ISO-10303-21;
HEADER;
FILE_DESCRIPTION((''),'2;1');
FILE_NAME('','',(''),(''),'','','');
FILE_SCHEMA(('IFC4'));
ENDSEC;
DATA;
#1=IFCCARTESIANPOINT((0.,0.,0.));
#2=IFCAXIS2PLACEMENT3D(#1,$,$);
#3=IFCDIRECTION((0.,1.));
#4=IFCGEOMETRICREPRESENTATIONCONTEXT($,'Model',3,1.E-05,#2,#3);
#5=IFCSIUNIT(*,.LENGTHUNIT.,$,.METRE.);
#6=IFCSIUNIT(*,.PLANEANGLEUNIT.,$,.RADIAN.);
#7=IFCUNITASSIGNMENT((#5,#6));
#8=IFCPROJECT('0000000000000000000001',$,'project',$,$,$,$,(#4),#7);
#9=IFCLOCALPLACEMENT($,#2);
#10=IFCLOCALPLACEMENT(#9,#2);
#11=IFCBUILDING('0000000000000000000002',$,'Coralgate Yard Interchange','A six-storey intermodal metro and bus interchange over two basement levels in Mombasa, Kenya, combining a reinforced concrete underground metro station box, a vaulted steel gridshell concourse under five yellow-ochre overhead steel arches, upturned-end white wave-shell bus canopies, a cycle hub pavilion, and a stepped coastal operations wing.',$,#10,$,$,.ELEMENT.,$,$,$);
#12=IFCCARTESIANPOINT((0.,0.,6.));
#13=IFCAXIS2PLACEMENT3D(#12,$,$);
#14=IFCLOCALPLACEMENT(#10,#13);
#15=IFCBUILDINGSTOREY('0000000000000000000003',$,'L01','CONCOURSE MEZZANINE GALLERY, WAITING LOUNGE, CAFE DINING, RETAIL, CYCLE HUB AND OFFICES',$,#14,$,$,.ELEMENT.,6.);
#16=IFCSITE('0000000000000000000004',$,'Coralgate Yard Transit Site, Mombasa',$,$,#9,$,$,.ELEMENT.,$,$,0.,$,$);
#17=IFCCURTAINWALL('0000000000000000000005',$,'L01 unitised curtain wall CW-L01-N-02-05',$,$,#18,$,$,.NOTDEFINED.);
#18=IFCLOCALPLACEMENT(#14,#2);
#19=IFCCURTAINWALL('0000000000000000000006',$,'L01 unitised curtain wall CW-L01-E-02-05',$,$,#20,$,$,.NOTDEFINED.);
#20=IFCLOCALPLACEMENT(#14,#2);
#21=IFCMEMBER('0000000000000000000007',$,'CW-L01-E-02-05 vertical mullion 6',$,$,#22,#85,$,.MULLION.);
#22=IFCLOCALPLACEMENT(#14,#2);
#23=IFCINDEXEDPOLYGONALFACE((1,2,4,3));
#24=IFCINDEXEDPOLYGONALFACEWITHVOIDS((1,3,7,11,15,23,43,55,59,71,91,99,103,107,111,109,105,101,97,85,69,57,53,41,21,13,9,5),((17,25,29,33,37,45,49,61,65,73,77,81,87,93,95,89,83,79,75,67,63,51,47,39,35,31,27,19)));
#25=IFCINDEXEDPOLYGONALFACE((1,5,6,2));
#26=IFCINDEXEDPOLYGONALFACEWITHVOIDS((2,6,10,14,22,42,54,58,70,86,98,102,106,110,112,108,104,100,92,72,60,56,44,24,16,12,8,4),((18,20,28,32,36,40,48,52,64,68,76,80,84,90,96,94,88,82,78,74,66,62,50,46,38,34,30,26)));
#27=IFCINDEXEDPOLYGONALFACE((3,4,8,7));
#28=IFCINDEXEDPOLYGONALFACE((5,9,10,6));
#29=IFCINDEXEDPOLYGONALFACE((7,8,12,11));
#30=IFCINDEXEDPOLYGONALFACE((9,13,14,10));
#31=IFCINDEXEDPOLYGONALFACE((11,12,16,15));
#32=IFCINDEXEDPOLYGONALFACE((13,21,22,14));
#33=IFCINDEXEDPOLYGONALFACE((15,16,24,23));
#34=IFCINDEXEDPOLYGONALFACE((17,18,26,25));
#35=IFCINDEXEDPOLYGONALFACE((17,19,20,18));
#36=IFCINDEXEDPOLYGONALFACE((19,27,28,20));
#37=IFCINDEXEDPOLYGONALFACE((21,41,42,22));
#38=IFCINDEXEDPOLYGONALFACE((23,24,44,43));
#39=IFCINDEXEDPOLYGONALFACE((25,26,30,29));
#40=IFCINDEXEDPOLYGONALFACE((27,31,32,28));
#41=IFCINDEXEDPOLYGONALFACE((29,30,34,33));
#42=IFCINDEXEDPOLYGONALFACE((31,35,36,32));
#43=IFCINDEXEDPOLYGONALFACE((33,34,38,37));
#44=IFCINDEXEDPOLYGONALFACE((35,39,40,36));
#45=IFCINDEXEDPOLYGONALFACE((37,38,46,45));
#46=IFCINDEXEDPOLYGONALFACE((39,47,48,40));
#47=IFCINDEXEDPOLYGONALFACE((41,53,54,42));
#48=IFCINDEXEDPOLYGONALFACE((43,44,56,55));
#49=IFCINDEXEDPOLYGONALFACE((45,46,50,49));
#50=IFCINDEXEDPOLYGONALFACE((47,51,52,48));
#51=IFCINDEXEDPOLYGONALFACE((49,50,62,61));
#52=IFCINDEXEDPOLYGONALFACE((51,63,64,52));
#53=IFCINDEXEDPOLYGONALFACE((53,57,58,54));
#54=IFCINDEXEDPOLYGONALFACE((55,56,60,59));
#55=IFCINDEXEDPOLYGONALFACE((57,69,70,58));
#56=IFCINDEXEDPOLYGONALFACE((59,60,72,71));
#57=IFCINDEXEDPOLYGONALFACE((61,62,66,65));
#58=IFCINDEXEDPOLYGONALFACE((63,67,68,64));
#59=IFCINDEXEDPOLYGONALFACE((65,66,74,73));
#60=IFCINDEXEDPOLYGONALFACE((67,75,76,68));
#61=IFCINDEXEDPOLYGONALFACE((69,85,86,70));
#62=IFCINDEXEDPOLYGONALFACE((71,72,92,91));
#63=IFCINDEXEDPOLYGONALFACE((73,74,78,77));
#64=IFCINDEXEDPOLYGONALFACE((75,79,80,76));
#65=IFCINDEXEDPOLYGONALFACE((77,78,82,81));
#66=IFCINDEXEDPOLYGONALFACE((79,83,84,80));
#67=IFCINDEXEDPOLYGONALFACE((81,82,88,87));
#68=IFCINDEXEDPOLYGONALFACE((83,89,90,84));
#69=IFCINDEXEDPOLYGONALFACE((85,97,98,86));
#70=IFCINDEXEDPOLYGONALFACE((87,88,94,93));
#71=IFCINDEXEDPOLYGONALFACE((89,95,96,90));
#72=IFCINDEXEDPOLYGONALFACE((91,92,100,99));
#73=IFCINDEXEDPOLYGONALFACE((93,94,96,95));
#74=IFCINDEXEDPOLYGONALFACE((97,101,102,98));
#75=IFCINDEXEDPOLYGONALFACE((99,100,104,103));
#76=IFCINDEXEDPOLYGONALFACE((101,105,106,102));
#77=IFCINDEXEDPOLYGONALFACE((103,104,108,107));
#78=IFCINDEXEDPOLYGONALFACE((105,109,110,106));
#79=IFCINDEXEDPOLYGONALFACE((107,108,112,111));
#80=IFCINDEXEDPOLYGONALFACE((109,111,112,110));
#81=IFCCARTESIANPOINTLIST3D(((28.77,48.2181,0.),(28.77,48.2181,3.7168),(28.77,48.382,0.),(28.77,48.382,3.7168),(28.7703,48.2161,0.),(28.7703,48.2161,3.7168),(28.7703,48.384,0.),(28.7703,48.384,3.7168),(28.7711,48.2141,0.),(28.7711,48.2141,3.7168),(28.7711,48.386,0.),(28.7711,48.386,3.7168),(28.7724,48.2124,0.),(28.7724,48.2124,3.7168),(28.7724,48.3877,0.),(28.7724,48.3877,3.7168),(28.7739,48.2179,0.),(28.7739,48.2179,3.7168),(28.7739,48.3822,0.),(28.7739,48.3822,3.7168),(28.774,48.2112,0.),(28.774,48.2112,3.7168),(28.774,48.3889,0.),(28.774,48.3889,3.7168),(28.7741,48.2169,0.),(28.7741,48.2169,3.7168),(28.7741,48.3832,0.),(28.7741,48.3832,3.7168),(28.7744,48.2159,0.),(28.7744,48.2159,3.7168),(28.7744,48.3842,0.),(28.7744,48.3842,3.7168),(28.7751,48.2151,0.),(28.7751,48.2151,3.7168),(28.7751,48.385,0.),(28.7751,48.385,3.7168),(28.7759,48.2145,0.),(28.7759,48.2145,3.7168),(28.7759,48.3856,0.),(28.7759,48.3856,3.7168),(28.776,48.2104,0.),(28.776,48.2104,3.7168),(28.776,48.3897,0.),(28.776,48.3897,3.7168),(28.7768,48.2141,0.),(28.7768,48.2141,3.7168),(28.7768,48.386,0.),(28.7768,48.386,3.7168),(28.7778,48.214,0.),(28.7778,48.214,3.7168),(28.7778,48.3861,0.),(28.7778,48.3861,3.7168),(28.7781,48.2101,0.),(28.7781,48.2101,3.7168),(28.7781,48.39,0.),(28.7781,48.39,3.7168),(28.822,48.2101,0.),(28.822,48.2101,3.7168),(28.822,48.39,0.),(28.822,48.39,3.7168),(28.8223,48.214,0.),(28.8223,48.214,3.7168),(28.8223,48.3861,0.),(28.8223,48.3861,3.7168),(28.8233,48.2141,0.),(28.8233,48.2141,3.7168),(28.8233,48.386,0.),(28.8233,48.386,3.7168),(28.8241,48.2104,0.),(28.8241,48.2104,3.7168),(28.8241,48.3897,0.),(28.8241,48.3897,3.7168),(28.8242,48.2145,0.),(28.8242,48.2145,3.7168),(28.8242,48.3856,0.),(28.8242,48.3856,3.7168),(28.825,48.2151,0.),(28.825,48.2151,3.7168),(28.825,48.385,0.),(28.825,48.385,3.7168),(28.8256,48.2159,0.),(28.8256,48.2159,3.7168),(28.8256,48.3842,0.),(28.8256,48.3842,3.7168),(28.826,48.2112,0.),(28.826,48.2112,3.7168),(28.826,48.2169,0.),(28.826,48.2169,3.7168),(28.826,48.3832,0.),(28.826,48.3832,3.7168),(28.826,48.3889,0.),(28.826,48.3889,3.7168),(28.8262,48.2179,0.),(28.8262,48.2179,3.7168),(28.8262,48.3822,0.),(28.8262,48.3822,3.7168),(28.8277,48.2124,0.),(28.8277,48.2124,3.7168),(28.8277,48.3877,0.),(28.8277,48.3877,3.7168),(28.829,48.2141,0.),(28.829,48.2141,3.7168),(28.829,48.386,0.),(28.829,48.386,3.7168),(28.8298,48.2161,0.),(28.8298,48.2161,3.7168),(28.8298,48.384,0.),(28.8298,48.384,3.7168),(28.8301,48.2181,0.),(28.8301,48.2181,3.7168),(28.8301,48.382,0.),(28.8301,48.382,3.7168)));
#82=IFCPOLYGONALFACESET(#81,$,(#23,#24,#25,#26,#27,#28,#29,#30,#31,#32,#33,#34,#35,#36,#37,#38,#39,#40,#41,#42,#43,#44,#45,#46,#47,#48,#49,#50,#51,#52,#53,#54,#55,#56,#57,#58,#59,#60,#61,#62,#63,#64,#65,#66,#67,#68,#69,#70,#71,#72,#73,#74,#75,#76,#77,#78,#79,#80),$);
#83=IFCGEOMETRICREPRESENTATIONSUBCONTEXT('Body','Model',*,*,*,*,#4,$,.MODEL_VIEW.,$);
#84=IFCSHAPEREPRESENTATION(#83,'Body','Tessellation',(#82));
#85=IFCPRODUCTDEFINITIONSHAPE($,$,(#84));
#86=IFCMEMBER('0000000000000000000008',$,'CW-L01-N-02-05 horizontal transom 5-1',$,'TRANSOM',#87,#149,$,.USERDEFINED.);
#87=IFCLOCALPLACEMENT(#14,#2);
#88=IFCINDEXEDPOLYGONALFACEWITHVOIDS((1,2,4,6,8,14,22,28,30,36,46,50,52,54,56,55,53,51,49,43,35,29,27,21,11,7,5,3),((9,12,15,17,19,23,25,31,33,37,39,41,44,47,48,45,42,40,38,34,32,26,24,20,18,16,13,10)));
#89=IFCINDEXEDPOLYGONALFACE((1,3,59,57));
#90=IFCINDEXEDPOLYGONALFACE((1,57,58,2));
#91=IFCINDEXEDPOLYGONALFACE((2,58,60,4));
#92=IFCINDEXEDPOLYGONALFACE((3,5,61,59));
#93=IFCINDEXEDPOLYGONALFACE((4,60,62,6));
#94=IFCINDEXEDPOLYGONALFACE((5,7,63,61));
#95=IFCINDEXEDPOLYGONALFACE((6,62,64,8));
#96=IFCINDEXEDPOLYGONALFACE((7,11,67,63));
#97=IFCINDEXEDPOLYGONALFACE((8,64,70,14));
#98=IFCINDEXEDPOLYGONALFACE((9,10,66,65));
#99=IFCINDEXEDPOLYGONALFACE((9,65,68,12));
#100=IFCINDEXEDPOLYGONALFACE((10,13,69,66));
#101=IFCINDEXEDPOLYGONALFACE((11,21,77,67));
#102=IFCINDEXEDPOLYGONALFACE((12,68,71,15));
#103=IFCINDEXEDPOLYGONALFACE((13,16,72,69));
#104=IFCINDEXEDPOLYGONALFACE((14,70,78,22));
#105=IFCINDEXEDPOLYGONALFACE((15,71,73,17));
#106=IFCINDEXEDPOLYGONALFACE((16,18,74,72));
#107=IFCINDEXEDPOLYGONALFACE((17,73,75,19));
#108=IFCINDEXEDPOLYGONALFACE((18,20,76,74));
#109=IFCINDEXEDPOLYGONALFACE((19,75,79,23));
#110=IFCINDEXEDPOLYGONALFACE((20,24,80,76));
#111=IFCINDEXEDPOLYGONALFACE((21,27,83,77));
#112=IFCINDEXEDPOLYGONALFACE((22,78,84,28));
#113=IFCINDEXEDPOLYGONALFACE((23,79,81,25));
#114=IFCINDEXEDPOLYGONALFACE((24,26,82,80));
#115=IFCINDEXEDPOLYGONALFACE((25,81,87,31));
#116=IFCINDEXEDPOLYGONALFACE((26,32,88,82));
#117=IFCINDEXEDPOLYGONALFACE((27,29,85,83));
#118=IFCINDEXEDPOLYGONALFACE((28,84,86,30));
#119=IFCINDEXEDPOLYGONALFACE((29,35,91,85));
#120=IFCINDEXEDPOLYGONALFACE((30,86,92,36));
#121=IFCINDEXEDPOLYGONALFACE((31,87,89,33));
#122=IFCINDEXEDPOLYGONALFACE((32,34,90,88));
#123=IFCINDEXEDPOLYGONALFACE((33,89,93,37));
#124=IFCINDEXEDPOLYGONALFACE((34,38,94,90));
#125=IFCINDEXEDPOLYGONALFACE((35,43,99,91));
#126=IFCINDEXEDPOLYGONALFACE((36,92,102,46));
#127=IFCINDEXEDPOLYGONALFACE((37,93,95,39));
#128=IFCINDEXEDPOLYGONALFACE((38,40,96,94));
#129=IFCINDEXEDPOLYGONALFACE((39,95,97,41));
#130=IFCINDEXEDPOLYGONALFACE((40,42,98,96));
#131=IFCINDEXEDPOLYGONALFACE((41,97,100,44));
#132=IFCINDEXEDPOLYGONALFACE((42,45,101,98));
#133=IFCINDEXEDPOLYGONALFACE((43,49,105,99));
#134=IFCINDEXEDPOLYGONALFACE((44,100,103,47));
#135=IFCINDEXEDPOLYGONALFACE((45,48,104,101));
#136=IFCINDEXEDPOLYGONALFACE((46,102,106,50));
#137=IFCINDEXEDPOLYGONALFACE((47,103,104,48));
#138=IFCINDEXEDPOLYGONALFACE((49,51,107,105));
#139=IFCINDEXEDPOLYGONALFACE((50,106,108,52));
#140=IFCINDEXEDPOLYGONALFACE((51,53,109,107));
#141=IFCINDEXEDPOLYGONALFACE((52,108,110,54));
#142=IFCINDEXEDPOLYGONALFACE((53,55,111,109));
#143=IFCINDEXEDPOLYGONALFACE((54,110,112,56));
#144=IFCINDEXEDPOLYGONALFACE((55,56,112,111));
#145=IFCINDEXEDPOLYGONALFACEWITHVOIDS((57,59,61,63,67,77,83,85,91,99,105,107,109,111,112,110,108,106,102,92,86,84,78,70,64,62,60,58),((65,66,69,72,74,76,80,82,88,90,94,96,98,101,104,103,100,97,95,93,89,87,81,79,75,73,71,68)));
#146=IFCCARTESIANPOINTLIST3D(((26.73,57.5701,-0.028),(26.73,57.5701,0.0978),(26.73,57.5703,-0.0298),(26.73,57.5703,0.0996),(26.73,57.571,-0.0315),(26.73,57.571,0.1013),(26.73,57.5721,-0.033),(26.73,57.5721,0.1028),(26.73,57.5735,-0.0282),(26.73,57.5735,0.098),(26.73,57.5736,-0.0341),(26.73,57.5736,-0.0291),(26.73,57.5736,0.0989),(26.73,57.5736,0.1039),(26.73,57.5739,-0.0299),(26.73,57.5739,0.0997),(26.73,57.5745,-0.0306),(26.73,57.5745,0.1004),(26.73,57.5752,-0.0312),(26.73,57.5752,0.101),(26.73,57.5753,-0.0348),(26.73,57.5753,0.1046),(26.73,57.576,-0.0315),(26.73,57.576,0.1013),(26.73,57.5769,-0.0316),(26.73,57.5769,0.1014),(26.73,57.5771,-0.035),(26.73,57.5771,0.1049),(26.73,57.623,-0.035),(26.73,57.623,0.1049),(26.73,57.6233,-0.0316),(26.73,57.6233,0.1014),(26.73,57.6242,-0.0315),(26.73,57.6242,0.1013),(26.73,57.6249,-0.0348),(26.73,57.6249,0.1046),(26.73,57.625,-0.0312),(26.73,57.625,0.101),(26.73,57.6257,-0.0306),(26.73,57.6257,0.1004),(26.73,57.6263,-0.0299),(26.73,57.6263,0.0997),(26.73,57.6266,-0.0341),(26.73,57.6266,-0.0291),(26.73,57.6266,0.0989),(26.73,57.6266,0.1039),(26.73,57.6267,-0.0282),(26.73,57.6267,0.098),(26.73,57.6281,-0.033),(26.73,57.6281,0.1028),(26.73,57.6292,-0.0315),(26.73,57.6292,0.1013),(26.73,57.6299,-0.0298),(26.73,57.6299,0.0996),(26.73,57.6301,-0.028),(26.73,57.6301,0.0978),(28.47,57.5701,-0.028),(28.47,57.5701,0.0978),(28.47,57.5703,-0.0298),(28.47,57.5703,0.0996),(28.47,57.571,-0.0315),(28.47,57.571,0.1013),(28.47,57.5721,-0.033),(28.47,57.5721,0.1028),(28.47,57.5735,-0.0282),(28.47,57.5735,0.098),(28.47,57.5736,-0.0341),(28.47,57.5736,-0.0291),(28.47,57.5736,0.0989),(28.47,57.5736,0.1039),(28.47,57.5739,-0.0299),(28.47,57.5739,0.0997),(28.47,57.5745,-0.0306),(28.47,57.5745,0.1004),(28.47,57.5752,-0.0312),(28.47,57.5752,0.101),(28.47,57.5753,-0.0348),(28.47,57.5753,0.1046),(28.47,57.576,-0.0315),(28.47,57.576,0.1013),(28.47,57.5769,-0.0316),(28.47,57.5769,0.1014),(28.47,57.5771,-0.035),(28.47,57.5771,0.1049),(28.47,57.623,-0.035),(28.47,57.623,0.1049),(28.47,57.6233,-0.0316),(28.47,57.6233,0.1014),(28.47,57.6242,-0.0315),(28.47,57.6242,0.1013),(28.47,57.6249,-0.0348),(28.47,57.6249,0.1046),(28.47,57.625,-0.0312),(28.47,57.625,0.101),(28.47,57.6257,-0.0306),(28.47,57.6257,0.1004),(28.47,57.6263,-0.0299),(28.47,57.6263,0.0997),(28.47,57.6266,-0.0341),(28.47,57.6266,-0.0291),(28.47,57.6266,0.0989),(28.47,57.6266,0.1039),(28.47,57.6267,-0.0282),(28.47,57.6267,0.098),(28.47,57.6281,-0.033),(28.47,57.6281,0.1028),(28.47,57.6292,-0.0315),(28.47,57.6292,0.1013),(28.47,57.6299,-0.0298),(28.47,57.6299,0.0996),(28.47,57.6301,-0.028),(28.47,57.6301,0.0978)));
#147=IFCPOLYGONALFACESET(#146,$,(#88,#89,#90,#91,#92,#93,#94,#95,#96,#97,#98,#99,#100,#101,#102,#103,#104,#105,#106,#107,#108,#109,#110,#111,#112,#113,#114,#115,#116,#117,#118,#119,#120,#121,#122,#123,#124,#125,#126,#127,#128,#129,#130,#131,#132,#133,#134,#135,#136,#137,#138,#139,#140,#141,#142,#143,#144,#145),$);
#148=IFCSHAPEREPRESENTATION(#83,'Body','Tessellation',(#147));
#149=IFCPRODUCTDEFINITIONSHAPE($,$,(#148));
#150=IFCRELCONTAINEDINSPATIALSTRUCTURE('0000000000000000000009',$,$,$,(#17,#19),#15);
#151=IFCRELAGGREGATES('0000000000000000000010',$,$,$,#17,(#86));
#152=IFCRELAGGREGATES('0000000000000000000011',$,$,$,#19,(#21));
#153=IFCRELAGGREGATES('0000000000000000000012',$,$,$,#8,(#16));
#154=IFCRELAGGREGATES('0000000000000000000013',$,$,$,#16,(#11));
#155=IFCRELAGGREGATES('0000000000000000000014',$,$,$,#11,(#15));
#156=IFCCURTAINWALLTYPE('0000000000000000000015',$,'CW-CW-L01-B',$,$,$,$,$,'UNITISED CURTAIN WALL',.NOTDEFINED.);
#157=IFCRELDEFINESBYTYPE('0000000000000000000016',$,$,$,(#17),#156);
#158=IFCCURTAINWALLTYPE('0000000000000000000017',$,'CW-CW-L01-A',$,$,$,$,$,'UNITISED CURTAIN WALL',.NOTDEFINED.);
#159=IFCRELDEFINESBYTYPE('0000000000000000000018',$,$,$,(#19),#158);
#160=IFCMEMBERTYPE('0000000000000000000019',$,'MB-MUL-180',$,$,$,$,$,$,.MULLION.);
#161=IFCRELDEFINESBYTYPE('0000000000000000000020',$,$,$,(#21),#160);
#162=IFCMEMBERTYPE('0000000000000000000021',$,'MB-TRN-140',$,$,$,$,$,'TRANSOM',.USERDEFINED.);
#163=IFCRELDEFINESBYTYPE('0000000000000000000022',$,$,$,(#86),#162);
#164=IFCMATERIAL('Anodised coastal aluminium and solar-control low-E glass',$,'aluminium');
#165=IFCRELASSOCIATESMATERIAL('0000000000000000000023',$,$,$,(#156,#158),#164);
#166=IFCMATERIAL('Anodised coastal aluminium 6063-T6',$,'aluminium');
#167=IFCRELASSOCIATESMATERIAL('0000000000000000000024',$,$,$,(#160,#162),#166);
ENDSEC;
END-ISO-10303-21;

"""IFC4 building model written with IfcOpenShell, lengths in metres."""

from ifc_helpers import new_model, si_unit, direction, frame, origin, origin_2d, place, context, subcontext, project, spatial, hollow_rectangle, extrude, material, material_profile, profile_set, type_object, element, aggregate, save


model = new_model("IFC4")

# Units and contexts
model_context = context("Model", 3, precision=1e-05, world=origin(), true_north=direction((0.0, 1.0)))
body_context = subcontext(model_context, "Body", "Model", "MODEL_VIEW")
ifc_project = project(units=[si_unit("LENGTHUNIT", "METRE"), si_unit("PLANEANGLEUNIT", "RADIAN")], contexts=[model_context])

# Site, building, storey
site_placement = place(None, origin())
site = spatial("IfcSite", under=ifc_project, at=site_placement, Name="Coralgate Yard Transit Site, Mombasa", CompositionType="ELEMENT", RefElevation=0.0)
building_placement = place(site_placement, origin())
building = spatial("IfcBuilding", under=site, at=building_placement, Name="Coralgate Yard Interchange", Description="A six-storey intermodal metro and bus interchange over two basement levels in Mombasa, Kenya, combining a reinforced concrete underground metro station box, a vaulted steel gridshell concourse under five yellow-ochre overhead steel arches, upturned-end white wave-shell bus canopies, a cycle hub pavilion, and a stepped coastal operations wing.", CompositionType="ELEMENT")
storey_placement = place(building_placement, frame((0.0, 0.0, 6.0)))
storey = spatial("IfcBuildingStorey", under=building, at=storey_placement, Name="L01", Description="CONCOURSE MEZZANINE GALLERY, WAITING LOUNGE, CAFE DINING, RETAIL, CYCLE HUB AND OFFICES", CompositionType="ELEMENT", Elevation=6.0)

# Curtain walls, member
ifc_material_1 = material(Name="Anodised coastal aluminium and solar-control low-E glass", Category="aluminium")
curtain_wall_type_1 = type_object("IfcCurtainWallType", Name="CW-CW-L01-B", ElementType="UNITISED CURTAIN WALL", PredefinedType="NOTDEFINED", material=ifc_material_1)
curtain_wall_1_placement = place(storey_placement, origin())
curtain_wall_1 = element("IfcCurtainWall", 1, at=curtain_wall_1_placement, inside=storey, type_object=curtain_wall_type_1, Name="L01 unitised curtain wall CW-L01-N-02-05", PredefinedType="NOTDEFINED")
ifc_material_2 = material(Name="Anodised coastal aluminium 6063-T6", Category="aluminium")
ifc_material_profile_1 = material_profile(ifc_material_2, hollow_rectangle(XDim=0.0601, YDim=0.1799, WallThickness=0.0039, InnerFilletRadius=0.0039, OuterFilletRadius=0.0081, at=origin_2d()), Name="ALU 60x180x4")
ifc_profile_set_1 = profile_set([ifc_material_profile_1], Name="Anodised coastal aluminium 6063-T6")
member_type_1 = type_object("IfcMemberType", Name="MB-MUL-180", PredefinedType="MULLION", material=ifc_profile_set_1)
curtain_wall_type_2 = type_object("IfcCurtainWallType", Name="CW-CW-L01-A", ElementType="UNITISED CURTAIN WALL", PredefinedType="NOTDEFINED", material=ifc_material_1)
curtain_wall_2_placement = place(storey_placement, origin())
curtain_wall_2 = element("IfcCurtainWall", 2, at=curtain_wall_2_placement, inside=storey, type_object=curtain_wall_type_2, Name="L01 unitised curtain wall CW-L01-E-02-05", PredefinedType="NOTDEFINED")
member_1_placement = place(storey_placement, frame((28.8, 48.3, 0.0), z_axis=(0.0, 0.0, 1.0), x_axis=(1.0, 0.0, 0.0)))
member_1 = element("IfcMember", 3, at=member_1_placement, type_object=member_type_1, Name="CW-L01-E-02-05 vertical mullion 6", PredefinedType="MULLION", context=body_context, shape_type="SweptSolid", body=[
    extrude(hollow_rectangle(XDim=0.0601, YDim=0.1799, WallThickness=0.0039, InnerFilletRadius=0.0039, OuterFilletRadius=0.0081, at=origin_2d()), origin(), (0.0, 0.0, 1.0), 3.7168),
])

# Member
ifc_material_profile_2 = material_profile(ifc_material_2, hollow_rectangle(XDim=0.0601, YDim=0.1399, WallThickness=0.0034, InnerFilletRadius=0.0034, OuterFilletRadius=0.0071, at=origin_2d()), Name="ALU 60x140x3.5")
ifc_profile_set_2 = profile_set([ifc_material_profile_2], Name="Anodised coastal aluminium 6063-T6")
member_type_2 = type_object("IfcMemberType", Name="MB-TRN-140", ElementType="TRANSOM", PredefinedType="USERDEFINED", material=ifc_profile_set_2)
member_2_placement = place(storey_placement, frame((26.73, 57.6001, 0.0349), z_axis=(1.0, 0.0, 0.0), x_axis=(0.0, 1.0, 0.0)))
member_2 = element("IfcMember", 4, at=member_2_placement, type_object=member_type_2, Name="CW-L01-N-02-05 horizontal transom 5-1", ObjectType="TRANSOM", PredefinedType="USERDEFINED", context=body_context, shape_type="SweptSolid", body=[
    extrude(hollow_rectangle(XDim=0.0601, YDim=0.1399, WallThickness=0.0034, InnerFilletRadius=0.0034, OuterFilletRadius=0.0071, at=origin_2d()), origin(), (0.0, 0.0, 1.0), 1.74),
])

aggregate(curtain_wall_1, [member_2])
aggregate(curtain_wall_2, [member_1])

save(model, "model.ifc")
